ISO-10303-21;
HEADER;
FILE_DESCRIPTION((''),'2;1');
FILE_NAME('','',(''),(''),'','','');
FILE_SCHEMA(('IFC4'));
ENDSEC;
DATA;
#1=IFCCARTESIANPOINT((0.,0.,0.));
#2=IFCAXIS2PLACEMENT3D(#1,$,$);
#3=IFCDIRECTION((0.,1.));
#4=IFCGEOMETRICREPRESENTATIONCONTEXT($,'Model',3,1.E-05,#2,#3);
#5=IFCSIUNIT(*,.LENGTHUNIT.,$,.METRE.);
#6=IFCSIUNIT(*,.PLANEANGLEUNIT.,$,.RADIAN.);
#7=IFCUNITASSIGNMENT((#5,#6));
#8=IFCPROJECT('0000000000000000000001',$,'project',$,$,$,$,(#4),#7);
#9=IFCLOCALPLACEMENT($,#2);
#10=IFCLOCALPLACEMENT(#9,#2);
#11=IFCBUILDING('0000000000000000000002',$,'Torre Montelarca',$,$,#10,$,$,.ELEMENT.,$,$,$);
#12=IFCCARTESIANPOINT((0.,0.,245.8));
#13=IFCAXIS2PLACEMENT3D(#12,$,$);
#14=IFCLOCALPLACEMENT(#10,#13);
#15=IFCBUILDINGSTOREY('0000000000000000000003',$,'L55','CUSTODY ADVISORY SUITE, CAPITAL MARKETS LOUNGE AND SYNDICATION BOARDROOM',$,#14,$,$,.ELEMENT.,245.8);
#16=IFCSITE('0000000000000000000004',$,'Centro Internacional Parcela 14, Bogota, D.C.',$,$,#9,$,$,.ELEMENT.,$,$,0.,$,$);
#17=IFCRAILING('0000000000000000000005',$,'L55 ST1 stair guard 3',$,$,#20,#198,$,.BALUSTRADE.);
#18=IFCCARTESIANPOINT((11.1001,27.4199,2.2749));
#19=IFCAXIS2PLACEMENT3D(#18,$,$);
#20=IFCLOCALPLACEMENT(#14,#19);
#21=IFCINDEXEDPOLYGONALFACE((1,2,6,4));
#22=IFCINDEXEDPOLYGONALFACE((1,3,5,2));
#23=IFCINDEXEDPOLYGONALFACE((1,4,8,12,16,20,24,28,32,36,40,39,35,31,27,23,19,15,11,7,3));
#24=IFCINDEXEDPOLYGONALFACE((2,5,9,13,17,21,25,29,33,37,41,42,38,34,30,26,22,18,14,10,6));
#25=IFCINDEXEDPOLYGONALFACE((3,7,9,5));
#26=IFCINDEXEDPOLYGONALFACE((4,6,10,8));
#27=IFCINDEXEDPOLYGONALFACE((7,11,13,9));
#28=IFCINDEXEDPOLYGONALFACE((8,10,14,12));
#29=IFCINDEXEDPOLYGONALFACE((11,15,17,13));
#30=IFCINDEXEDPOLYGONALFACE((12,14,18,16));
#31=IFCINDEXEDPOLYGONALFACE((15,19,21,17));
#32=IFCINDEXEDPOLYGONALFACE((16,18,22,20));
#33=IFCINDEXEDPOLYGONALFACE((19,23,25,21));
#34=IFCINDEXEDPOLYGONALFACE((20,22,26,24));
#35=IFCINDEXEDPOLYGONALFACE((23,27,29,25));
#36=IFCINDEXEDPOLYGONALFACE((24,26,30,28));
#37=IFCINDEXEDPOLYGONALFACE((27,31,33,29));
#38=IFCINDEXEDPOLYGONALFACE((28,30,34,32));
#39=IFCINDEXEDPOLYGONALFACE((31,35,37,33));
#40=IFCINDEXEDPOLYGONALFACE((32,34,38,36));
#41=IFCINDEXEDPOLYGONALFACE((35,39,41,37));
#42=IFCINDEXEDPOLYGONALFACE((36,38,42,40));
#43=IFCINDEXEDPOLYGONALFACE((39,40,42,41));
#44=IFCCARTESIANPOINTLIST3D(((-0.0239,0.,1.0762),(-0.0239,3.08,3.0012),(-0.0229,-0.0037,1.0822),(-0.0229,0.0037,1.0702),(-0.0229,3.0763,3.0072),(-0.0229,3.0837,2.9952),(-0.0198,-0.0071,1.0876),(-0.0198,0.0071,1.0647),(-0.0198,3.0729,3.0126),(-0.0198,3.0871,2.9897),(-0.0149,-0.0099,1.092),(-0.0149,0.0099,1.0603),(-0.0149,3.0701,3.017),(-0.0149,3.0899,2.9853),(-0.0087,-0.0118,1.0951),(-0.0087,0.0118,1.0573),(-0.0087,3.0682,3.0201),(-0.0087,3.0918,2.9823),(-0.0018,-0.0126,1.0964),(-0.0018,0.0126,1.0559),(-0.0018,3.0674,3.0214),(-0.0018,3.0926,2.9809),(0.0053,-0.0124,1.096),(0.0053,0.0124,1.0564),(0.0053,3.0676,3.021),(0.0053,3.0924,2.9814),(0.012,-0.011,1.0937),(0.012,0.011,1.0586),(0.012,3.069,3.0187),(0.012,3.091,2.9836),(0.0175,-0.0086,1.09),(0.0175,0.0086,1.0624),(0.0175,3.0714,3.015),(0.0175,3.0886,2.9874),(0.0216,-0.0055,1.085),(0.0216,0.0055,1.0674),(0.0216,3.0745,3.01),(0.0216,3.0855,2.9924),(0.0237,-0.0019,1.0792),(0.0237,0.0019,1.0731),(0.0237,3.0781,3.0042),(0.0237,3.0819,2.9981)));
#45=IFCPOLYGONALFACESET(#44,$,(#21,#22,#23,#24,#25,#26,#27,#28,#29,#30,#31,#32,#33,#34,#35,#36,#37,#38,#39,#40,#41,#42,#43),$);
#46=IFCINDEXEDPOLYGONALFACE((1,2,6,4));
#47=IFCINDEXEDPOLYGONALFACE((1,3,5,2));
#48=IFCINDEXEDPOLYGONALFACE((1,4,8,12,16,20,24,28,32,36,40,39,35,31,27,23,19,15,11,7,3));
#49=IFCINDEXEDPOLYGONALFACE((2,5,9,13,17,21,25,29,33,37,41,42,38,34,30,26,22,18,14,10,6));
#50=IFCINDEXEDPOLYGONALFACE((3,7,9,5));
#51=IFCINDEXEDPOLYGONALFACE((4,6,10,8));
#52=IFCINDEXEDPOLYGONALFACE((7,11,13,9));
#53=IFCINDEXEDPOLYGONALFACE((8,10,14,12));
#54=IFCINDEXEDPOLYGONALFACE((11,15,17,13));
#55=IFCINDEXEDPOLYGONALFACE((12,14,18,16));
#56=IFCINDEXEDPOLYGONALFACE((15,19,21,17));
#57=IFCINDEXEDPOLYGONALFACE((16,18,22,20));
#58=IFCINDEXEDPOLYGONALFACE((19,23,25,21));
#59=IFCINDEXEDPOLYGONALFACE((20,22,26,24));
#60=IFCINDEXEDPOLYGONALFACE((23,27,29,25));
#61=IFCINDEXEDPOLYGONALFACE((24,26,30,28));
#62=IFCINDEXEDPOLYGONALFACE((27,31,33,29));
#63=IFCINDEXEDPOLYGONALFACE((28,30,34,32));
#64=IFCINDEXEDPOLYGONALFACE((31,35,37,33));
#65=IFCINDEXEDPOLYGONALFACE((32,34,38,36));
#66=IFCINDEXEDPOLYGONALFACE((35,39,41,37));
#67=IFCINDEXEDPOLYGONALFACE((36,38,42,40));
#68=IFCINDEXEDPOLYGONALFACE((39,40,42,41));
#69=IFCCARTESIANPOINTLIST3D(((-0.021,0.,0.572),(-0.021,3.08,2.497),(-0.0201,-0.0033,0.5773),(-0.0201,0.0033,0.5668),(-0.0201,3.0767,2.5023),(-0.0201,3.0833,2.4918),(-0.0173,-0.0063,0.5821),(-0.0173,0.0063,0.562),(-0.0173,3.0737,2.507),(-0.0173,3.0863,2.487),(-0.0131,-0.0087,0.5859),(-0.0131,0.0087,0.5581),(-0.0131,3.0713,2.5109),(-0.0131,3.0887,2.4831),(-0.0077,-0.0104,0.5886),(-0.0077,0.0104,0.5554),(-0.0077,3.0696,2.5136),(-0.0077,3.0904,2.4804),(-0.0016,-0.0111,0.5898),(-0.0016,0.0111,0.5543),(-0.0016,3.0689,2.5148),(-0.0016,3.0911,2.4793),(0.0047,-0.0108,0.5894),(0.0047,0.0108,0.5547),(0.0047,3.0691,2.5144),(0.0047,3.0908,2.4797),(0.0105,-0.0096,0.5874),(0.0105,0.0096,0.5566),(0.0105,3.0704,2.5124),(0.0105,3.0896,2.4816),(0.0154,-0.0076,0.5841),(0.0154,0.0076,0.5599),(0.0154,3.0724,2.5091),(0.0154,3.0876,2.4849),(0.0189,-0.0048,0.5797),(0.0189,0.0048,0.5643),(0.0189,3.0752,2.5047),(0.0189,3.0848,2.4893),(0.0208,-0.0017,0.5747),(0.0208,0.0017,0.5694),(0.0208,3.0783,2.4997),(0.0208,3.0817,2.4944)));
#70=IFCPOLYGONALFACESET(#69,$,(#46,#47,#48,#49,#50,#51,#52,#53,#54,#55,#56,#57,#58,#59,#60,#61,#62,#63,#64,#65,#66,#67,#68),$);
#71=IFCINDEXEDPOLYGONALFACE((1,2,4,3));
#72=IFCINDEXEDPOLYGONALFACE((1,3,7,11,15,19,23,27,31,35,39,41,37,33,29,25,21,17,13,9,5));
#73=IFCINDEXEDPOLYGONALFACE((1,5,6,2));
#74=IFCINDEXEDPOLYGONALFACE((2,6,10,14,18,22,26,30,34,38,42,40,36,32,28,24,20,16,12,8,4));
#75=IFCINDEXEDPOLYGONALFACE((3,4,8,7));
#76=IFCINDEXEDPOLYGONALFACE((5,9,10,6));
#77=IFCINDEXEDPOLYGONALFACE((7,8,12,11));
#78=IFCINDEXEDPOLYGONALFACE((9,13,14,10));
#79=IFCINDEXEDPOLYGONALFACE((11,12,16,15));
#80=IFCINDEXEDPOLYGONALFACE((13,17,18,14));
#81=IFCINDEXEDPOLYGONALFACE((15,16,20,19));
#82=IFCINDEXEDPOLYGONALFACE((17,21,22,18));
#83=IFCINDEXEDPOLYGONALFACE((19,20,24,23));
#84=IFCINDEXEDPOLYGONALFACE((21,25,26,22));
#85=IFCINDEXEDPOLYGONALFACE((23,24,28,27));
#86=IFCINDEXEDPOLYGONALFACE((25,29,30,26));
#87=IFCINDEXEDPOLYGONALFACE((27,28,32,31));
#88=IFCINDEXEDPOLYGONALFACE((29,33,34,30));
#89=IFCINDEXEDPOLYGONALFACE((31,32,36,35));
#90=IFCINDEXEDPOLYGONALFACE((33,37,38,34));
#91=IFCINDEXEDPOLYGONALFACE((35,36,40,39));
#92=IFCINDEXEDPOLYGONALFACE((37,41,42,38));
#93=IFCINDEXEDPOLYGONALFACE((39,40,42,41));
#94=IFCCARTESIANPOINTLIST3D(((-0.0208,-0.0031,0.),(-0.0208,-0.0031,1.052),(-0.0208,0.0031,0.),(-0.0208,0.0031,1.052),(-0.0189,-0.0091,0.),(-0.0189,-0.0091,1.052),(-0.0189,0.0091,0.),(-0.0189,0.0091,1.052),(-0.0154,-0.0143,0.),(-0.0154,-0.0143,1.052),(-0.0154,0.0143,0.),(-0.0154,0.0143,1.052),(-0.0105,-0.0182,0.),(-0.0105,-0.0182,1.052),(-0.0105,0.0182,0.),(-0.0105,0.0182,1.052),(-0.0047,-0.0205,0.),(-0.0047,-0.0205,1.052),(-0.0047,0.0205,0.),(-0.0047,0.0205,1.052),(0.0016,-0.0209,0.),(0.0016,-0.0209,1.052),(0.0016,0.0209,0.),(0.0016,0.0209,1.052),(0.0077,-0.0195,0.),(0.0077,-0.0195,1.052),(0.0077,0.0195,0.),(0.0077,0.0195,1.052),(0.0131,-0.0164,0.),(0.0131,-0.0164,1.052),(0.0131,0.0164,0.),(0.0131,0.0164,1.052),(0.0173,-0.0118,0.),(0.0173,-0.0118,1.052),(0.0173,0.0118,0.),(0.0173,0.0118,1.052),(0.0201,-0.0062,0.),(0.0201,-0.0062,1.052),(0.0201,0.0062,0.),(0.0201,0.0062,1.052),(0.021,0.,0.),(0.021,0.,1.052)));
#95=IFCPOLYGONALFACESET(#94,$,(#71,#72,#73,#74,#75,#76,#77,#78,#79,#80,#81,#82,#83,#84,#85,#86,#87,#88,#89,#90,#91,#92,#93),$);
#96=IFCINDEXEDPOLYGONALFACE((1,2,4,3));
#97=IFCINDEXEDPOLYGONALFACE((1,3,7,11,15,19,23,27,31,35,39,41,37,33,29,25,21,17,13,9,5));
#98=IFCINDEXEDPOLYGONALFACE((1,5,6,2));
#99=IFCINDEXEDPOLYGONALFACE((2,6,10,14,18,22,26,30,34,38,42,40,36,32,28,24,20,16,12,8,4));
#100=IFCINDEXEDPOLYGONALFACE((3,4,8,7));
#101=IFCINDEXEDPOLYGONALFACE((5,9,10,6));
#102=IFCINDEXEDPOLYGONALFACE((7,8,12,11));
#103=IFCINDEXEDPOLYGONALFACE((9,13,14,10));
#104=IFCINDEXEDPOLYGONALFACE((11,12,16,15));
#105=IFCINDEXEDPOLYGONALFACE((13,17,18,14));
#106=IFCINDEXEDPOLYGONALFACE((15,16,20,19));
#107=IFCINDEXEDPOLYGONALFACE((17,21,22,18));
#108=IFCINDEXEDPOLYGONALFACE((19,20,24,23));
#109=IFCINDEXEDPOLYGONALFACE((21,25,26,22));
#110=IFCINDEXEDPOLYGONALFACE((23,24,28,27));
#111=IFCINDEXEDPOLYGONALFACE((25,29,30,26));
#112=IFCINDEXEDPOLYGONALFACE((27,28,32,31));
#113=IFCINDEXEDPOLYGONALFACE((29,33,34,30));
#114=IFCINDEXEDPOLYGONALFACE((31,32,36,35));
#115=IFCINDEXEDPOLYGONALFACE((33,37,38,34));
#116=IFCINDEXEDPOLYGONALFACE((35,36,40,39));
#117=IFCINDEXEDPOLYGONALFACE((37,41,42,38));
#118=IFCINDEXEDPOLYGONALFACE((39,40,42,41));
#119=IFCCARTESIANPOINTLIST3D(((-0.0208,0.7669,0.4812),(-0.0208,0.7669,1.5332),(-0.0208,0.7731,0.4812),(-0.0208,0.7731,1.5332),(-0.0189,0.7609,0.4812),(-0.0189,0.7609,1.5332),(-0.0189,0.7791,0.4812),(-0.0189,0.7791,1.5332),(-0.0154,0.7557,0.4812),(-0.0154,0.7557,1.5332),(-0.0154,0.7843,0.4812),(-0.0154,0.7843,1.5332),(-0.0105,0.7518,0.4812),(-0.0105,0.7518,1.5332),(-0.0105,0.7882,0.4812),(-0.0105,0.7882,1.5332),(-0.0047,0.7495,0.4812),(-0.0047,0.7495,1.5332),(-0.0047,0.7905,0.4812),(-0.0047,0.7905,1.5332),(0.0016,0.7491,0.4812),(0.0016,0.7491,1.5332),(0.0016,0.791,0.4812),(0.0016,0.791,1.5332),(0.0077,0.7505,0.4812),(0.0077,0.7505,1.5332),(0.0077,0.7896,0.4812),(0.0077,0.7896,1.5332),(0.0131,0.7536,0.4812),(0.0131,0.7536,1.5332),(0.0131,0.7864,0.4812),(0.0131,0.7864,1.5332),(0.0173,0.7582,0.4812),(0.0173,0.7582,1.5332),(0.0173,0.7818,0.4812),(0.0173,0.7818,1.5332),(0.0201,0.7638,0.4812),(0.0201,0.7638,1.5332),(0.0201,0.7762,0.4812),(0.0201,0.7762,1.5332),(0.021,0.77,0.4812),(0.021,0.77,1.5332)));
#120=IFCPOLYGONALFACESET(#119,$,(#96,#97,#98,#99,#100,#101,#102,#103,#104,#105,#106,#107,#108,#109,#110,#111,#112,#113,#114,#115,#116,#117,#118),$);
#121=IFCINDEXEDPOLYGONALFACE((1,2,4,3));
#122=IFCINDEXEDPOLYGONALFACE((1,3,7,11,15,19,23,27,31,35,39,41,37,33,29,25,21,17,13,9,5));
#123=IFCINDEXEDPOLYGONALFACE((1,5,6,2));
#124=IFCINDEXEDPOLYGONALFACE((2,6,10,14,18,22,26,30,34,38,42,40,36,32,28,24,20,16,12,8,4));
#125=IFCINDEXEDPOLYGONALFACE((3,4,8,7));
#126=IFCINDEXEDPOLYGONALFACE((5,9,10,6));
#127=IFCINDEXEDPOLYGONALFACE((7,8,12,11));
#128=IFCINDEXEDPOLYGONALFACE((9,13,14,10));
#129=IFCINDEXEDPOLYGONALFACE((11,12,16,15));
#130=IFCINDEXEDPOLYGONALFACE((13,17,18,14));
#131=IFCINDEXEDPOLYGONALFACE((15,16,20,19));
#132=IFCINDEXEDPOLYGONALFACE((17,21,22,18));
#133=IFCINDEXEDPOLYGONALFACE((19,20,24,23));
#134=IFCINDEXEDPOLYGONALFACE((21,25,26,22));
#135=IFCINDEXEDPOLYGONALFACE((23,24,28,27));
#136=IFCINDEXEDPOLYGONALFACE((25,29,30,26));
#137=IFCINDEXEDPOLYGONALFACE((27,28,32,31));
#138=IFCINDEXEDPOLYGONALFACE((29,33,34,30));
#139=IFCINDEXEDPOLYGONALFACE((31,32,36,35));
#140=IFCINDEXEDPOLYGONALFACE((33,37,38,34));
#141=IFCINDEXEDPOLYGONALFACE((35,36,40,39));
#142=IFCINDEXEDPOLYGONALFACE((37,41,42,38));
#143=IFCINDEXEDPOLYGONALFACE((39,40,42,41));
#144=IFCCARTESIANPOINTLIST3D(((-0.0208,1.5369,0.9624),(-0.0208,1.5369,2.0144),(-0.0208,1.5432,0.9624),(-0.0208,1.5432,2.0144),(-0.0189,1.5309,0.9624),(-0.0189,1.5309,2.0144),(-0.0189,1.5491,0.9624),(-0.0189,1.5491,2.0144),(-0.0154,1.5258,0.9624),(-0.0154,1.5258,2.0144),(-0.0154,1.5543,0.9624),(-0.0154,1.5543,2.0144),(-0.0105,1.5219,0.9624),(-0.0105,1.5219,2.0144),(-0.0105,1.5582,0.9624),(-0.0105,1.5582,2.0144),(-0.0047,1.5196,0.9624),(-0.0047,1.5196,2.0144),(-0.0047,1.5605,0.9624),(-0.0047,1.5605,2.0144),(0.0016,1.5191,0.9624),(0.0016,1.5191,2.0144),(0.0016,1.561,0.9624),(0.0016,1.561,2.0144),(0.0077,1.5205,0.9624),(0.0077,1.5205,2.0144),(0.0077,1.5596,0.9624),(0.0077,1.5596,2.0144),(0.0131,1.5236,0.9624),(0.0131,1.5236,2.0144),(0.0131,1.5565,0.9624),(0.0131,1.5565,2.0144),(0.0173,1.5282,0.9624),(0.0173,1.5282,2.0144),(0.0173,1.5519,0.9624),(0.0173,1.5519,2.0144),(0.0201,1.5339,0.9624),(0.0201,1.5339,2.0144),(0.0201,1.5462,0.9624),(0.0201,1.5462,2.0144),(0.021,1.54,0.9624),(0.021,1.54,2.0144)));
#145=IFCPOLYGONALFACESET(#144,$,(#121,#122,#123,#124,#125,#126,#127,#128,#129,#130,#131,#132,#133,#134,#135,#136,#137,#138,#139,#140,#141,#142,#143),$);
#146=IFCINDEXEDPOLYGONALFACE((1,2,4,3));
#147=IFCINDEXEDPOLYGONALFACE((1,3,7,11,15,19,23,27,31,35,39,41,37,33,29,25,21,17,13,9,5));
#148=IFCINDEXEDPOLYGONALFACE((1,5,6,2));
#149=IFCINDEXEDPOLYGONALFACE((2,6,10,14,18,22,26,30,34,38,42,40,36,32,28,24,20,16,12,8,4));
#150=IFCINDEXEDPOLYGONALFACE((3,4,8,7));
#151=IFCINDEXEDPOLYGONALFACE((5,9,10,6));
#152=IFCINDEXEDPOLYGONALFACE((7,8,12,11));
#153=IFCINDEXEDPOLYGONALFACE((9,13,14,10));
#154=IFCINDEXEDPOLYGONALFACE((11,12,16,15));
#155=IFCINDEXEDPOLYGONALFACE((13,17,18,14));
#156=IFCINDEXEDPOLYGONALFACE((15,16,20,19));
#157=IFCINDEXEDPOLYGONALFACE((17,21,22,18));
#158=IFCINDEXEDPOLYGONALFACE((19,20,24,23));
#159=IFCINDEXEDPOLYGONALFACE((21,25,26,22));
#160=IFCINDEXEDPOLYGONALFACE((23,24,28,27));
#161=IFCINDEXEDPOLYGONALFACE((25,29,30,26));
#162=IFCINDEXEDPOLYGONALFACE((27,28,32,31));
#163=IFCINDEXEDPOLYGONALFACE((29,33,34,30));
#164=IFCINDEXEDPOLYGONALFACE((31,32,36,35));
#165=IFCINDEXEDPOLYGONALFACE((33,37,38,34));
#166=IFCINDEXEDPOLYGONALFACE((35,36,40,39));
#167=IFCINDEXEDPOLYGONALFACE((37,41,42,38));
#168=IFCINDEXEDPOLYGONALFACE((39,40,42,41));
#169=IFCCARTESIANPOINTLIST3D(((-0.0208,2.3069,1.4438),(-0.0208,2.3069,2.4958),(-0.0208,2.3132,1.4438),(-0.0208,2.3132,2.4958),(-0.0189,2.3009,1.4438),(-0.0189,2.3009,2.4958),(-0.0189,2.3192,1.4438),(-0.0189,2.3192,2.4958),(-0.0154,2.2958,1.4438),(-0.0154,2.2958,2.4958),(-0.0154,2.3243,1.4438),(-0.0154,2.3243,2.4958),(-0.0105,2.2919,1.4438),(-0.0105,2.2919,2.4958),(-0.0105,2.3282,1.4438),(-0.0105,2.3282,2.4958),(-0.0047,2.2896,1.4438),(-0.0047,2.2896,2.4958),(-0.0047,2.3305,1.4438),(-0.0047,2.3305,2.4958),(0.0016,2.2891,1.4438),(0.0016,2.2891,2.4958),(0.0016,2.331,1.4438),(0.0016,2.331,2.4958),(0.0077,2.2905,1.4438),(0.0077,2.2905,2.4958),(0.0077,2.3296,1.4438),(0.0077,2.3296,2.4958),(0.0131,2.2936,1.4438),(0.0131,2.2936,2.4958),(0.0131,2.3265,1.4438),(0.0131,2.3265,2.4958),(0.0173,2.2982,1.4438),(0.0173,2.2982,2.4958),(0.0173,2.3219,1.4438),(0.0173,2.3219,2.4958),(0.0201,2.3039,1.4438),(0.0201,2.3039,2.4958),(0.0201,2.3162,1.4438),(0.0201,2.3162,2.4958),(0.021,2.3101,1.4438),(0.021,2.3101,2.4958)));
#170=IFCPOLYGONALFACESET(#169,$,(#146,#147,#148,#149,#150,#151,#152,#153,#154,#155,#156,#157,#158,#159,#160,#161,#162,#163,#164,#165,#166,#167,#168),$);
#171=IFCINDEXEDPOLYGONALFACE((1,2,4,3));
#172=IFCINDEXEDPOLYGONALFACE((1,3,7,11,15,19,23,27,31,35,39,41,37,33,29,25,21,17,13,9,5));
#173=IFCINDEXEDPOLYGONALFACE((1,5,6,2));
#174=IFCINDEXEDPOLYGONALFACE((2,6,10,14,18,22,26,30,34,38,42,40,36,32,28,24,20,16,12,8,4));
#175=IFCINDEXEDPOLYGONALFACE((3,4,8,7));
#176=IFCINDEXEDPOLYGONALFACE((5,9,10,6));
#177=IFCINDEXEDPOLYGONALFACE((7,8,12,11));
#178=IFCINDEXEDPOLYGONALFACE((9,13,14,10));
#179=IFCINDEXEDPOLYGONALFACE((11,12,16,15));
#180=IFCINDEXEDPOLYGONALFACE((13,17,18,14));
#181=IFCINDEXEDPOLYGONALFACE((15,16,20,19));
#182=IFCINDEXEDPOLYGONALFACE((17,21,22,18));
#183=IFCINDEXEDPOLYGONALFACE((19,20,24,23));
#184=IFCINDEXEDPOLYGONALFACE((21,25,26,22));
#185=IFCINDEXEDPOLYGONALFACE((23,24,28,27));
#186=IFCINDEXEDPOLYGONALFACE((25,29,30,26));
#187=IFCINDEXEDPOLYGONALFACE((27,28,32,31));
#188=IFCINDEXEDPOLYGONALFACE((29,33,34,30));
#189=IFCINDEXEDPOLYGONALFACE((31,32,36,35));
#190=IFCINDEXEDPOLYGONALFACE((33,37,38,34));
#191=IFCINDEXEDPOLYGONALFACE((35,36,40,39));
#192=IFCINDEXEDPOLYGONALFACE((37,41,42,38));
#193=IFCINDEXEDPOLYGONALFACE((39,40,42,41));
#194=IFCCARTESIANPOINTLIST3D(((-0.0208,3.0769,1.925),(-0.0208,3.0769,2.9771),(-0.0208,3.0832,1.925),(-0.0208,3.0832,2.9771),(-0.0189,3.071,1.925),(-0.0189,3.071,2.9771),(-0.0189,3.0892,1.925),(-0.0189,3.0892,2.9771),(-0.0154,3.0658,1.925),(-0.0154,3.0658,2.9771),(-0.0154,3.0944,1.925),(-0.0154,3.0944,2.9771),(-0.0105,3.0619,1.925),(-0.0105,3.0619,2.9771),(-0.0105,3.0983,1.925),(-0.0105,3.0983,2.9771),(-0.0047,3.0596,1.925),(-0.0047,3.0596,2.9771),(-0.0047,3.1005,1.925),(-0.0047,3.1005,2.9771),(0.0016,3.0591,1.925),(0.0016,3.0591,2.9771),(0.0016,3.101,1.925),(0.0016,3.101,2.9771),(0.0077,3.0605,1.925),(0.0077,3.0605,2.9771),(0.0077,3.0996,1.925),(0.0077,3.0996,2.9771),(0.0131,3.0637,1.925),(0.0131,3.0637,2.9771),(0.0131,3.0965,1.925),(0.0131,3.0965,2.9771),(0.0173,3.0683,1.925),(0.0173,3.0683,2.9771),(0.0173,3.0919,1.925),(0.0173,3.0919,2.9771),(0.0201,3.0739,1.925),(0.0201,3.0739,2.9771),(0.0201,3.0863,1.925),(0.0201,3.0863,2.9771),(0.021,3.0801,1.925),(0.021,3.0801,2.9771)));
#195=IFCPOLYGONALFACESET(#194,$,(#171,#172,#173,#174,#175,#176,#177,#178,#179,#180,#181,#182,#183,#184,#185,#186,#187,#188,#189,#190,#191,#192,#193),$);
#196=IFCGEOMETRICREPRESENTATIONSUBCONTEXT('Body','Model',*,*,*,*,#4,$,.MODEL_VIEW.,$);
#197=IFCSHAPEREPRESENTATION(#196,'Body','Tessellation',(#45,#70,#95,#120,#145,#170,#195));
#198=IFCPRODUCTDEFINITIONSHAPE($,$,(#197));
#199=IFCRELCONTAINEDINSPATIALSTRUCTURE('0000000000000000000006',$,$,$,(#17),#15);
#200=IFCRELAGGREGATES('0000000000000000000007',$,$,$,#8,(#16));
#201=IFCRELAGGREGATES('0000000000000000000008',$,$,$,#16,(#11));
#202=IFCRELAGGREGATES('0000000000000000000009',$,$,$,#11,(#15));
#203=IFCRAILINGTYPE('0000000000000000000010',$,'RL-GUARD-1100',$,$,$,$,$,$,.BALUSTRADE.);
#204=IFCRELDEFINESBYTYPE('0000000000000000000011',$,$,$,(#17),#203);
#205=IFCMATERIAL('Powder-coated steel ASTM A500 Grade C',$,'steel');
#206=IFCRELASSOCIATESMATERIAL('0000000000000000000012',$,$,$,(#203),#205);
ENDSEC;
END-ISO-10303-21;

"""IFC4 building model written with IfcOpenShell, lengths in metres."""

from ifc_helpers import new_model, si_unit, direction, frame, origin, origin_2d, place, context, subcontext, project, spatial, circle, extrude, material, type_object, element, save


model = new_model("IFC4")

# Units and contexts
model_context = context("Model", 3, precision=1e-05, world=origin(), true_north=direction((0.0, 1.0)))
body_context = subcontext(model_context, "Body", "Model", "MODEL_VIEW")
ifc_project = project(units=[si_unit("LENGTHUNIT", "METRE"), si_unit("PLANEANGLEUNIT", "RADIAN")], contexts=[model_context])

# Site, building, storey
site_placement = place(None, origin())
site = spatial("IfcSite", under=ifc_project, at=site_placement, Name="Centro Internacional Parcela 14, Bogota, D.C.", CompositionType="ELEMENT", RefElevation=0.0)
building_placement = place(site_placement, origin())
building = spatial("IfcBuilding", under=site, at=building_placement, Name="Torre Montelarca", CompositionType="ELEMENT")
storey_placement = place(building_placement, frame((0.0, 0.0, 245.8)))
storey = spatial("IfcBuildingStorey", under=building, at=storey_placement, Name="L55", Description="CUSTODY ADVISORY SUITE, CAPITAL MARKETS LOUNGE AND SYNDICATION BOARDROOM", CompositionType="ELEMENT", Elevation=245.8)

# Railing
ifc_material_1 = material(Name="Powder-coated steel ASTM A500 Grade C", Category="steel")
railing_type_1 = type_object("IfcRailingType", Name="RL-GUARD-1100", PredefinedType="BALUSTRADE", material=ifc_material_1)
railing_1_placement = place(storey_placement, frame((11.1001, 27.4199, 2.2749)))
element("IfcRailing", 1, at=railing_1_placement, inside=storey, type_object=railing_type_1, Name="L55 ST1 stair guard 3", PredefinedType="BALUSTRADE", context=body_context, shape_type="SweptSolid", body=[
    extrude(circle(Radius=0.0239, at=origin_2d()), frame((0.0, 0.0, 1.0762), z_axis=(0.0, 0.847998, 0.529999), x_axis=(-1.0, 0.0, 0.0)), (0.0, 0.0, 1.0), 3.6321),
    extrude(circle(Radius=0.021, at=origin_2d()), frame((0.0, 0.0, 0.572), z_axis=(0.0, 0.847998, 0.529999), x_axis=(-1.0, 0.0, 0.0)), (0.0, 0.0, 1.0), 3.6321),
    extrude(circle(Radius=0.021, at=origin_2d()), origin(), (0.0, 0.0, 1.0), 1.052),
    extrude(circle(Radius=0.021, at=origin_2d()), frame((0.0, 0.77, 0.4812)), (0.0, 0.0, 1.0), 1.052),
    extrude(circle(Radius=0.021, at=origin_2d()), frame((0.0, 1.54, 0.9624)), (0.0, 0.0, 1.0), 1.052),
    extrude(circle(Radius=0.021, at=origin_2d()), frame((0.0, 2.3101, 1.4438)), (0.0, 0.0, 1.0), 1.052),
    extrude(circle(Radius=0.021, at=origin_2d()), frame((0.0, 3.0801, 1.925)), (0.0, 0.0, 1.0), 1.052),
])

save(model, "model.ifc")
